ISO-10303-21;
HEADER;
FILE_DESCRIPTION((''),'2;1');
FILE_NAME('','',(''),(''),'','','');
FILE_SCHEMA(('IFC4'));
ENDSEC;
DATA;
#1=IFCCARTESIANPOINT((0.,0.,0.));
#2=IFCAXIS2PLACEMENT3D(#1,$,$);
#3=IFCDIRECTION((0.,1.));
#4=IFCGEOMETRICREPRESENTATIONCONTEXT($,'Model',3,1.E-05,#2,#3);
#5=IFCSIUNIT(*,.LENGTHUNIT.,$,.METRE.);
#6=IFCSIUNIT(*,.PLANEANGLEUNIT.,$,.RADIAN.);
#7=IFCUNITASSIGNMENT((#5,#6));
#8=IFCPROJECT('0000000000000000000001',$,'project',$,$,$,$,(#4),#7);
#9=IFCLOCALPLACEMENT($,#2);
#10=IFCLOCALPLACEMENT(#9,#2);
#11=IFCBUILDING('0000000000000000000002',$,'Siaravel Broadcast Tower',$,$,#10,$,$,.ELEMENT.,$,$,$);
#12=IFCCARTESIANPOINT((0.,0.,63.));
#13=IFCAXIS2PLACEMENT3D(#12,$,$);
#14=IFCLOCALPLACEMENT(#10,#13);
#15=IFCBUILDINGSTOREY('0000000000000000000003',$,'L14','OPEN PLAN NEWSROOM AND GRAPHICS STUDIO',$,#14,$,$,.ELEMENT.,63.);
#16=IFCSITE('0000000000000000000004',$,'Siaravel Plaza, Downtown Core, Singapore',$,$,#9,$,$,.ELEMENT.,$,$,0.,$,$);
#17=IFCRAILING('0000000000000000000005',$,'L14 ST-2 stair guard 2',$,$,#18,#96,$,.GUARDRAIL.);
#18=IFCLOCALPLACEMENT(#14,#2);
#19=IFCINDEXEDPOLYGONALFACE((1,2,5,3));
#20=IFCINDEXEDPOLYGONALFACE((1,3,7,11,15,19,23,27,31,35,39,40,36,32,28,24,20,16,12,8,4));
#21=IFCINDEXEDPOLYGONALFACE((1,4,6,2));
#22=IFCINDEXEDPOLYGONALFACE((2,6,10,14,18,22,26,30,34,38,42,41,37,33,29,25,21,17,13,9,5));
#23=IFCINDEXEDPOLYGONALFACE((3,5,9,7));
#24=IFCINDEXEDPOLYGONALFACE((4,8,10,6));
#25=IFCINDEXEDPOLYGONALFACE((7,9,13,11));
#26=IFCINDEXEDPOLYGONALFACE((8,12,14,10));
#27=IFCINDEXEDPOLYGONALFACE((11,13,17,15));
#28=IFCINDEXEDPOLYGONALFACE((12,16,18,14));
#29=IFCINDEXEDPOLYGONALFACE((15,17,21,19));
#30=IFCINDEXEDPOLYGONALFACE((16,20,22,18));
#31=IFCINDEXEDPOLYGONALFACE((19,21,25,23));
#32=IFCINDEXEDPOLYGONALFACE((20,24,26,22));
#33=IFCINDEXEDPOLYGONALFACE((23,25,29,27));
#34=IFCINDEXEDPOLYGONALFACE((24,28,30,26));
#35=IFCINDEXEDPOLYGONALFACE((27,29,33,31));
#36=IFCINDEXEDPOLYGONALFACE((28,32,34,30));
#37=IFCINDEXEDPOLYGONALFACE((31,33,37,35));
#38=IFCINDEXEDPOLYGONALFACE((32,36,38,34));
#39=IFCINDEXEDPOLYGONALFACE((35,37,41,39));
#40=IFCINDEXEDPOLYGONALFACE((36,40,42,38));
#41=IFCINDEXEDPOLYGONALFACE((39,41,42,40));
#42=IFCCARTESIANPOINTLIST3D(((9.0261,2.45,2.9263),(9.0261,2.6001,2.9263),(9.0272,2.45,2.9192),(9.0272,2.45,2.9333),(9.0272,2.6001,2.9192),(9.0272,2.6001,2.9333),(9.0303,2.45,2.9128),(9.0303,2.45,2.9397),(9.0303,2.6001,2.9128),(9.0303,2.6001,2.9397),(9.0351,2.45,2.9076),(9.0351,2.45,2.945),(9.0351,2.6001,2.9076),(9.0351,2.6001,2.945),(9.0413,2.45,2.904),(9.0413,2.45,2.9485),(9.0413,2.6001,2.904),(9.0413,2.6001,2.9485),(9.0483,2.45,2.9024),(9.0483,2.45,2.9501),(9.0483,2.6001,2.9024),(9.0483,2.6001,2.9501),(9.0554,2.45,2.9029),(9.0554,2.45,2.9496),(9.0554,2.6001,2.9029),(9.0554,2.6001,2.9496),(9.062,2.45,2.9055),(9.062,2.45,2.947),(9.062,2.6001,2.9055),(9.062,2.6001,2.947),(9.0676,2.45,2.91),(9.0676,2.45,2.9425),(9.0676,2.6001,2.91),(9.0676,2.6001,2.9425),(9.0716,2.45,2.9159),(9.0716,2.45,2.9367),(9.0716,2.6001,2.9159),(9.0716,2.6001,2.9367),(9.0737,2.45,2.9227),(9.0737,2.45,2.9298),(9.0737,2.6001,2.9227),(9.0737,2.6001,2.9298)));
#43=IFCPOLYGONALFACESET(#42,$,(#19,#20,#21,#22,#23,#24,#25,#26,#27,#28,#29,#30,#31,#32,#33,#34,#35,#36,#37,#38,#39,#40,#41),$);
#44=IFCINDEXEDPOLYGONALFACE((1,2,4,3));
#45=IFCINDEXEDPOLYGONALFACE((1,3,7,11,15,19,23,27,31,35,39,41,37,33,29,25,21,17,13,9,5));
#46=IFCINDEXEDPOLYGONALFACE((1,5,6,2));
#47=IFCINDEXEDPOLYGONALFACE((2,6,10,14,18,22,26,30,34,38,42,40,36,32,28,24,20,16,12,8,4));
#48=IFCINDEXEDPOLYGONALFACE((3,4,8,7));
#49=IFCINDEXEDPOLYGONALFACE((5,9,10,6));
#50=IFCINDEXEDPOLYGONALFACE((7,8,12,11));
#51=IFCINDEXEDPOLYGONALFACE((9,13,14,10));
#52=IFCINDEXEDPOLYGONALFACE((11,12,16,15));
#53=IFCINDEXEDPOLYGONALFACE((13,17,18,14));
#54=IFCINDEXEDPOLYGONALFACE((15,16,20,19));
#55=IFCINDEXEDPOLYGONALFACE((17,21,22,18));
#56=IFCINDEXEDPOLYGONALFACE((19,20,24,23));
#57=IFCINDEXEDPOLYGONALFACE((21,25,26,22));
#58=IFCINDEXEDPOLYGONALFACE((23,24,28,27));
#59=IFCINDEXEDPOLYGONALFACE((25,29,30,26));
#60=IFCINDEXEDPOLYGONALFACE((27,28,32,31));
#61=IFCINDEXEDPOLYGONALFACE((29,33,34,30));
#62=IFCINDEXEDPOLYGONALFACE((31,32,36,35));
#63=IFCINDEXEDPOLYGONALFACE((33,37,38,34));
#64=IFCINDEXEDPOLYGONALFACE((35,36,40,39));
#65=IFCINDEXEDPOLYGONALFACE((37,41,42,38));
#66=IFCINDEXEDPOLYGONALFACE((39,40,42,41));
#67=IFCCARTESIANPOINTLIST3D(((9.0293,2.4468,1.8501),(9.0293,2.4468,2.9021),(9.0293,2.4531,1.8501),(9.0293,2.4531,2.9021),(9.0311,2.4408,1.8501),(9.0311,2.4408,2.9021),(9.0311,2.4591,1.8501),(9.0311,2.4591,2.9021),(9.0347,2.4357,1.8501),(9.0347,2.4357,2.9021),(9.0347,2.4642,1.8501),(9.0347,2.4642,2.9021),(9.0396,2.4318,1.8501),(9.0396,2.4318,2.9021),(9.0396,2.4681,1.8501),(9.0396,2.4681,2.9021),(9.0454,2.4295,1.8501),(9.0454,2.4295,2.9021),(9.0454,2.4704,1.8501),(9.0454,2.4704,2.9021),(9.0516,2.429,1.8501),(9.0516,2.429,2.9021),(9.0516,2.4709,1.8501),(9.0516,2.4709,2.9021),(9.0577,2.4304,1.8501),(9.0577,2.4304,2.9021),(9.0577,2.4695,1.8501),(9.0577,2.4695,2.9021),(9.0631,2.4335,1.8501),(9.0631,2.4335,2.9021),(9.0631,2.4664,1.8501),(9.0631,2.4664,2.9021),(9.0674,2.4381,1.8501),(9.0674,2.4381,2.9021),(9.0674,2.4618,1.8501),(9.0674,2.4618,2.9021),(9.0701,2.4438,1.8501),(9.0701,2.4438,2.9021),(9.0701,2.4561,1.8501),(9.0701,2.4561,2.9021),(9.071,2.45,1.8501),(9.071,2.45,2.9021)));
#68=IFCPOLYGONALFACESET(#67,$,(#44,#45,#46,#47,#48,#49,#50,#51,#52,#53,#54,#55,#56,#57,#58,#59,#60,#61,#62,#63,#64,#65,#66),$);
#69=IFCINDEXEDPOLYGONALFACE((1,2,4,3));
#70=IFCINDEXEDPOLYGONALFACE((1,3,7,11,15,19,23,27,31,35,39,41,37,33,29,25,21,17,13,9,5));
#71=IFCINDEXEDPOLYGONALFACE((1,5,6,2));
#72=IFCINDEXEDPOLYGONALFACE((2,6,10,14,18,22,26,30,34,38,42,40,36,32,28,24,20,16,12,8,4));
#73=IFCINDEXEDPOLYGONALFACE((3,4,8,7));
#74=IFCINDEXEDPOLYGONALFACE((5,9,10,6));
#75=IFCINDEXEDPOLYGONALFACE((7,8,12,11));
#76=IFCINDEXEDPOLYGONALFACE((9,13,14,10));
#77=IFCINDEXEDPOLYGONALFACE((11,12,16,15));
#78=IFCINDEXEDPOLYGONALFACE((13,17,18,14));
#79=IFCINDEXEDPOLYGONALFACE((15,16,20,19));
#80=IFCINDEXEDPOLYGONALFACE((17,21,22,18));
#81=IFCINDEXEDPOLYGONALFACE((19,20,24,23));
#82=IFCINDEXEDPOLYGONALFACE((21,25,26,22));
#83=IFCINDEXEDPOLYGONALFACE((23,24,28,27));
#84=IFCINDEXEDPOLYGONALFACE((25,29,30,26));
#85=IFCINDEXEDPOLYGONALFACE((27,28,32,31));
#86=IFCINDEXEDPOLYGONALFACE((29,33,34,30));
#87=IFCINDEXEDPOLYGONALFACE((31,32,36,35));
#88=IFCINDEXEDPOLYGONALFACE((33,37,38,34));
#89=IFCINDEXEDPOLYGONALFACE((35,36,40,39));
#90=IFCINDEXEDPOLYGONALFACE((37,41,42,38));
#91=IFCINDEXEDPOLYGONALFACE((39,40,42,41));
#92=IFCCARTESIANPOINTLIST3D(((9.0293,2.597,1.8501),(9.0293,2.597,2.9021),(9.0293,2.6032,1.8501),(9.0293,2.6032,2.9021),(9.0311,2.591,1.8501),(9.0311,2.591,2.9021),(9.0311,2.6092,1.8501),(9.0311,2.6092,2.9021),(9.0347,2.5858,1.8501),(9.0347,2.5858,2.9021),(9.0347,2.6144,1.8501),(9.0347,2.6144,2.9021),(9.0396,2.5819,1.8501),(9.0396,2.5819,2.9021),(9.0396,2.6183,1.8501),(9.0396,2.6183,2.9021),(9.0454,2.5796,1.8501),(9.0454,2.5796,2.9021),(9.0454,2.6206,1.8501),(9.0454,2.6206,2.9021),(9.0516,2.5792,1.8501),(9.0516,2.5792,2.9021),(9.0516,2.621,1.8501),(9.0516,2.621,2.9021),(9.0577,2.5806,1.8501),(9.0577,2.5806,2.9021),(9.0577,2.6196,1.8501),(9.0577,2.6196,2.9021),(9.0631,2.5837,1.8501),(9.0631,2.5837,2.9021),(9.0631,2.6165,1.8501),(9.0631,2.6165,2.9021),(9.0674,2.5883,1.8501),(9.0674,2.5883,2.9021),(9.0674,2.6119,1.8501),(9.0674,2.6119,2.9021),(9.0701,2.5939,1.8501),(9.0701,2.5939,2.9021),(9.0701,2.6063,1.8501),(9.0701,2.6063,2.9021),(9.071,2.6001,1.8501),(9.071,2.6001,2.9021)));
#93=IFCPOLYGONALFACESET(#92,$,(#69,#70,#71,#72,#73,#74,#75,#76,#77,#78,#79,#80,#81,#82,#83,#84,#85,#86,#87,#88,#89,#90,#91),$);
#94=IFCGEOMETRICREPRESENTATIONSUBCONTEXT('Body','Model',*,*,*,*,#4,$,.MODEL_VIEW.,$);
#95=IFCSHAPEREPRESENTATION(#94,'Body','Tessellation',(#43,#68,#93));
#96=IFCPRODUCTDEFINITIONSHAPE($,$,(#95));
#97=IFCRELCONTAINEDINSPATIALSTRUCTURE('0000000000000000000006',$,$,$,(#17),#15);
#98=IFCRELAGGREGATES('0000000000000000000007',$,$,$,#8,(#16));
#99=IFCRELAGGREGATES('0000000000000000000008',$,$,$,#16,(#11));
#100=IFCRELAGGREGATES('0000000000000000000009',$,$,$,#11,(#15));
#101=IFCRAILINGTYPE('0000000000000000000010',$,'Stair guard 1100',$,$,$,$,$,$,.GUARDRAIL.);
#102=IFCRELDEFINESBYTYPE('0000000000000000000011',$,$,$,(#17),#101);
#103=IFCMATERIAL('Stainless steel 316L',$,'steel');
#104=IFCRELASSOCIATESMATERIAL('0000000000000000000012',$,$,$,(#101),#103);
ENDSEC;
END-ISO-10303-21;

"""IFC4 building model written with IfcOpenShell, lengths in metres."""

from ifc_helpers import new_model, si_unit, direction, frame, origin, origin_2d, place, context, subcontext, project, spatial, circle, extrude, material, type_object, element, save


model = new_model("IFC4")

# Units and contexts
model_context = context("Model", 3, precision=1e-05, world=origin(), true_north=direction((0.0, 1.0)))
body_context = subcontext(model_context, "Body", "Model", "MODEL_VIEW")
ifc_project = project(units=[si_unit("LENGTHUNIT", "METRE"), si_unit("PLANEANGLEUNIT", "RADIAN")], contexts=[model_context])

# Site, building, storey
site_placement = place(None, origin())
site = spatial("IfcSite", under=ifc_project, at=site_placement, Name="Siaravel Plaza, Downtown Core, Singapore", CompositionType="ELEMENT", RefElevation=0.0)
building_placement = place(site_placement, origin())
building = spatial("IfcBuilding", under=site, at=building_placement, Name="Siaravel Broadcast Tower", CompositionType="ELEMENT")
storey_placement = place(building_placement, frame((0.0, 0.0, 63.0)))
storey = spatial("IfcBuildingStorey", under=building, at=storey_placement, Name="L14", Description="OPEN PLAN NEWSROOM AND GRAPHICS STUDIO", CompositionType="ELEMENT", Elevation=63.0)

# Railing
ifc_material_1 = material(Name="Stainless steel 316L", Category="steel")
railing_type_1 = type_object("IfcRailingType", Name="Stair guard 1100", PredefinedType="GUARDRAIL", material=ifc_material_1)
railing_1_placement = place(storey_placement, frame((9.05, 2.45, 1.8501)))
element("IfcRailing", 1, at=railing_1_placement, inside=storey, type_object=railing_type_1, Name="L14 ST-2 stair guard 2", PredefinedType="GUARDRAIL", context=body_context, shape_type="SweptSolid", body=[
    extrude(circle(Radius=0.0239, at=origin_2d()), frame((0.0, 0.0, 1.0762), z_axis=(0.0, 1.0, 0.0), x_axis=(-1.0, 0.0, 0.0)), (0.0, 0.0, 1.0), 0.1501),
    extrude(circle(Radius=0.021, at=origin_2d()), origin(), (0.0, 0.0, 1.0), 1.052),
    extrude(circle(Radius=0.021, at=origin_2d()), frame((0.0, 0.1501, 0.0)), (0.0, 0.0, 1.0), 1.052),
])

save(model, "model.ifc")
